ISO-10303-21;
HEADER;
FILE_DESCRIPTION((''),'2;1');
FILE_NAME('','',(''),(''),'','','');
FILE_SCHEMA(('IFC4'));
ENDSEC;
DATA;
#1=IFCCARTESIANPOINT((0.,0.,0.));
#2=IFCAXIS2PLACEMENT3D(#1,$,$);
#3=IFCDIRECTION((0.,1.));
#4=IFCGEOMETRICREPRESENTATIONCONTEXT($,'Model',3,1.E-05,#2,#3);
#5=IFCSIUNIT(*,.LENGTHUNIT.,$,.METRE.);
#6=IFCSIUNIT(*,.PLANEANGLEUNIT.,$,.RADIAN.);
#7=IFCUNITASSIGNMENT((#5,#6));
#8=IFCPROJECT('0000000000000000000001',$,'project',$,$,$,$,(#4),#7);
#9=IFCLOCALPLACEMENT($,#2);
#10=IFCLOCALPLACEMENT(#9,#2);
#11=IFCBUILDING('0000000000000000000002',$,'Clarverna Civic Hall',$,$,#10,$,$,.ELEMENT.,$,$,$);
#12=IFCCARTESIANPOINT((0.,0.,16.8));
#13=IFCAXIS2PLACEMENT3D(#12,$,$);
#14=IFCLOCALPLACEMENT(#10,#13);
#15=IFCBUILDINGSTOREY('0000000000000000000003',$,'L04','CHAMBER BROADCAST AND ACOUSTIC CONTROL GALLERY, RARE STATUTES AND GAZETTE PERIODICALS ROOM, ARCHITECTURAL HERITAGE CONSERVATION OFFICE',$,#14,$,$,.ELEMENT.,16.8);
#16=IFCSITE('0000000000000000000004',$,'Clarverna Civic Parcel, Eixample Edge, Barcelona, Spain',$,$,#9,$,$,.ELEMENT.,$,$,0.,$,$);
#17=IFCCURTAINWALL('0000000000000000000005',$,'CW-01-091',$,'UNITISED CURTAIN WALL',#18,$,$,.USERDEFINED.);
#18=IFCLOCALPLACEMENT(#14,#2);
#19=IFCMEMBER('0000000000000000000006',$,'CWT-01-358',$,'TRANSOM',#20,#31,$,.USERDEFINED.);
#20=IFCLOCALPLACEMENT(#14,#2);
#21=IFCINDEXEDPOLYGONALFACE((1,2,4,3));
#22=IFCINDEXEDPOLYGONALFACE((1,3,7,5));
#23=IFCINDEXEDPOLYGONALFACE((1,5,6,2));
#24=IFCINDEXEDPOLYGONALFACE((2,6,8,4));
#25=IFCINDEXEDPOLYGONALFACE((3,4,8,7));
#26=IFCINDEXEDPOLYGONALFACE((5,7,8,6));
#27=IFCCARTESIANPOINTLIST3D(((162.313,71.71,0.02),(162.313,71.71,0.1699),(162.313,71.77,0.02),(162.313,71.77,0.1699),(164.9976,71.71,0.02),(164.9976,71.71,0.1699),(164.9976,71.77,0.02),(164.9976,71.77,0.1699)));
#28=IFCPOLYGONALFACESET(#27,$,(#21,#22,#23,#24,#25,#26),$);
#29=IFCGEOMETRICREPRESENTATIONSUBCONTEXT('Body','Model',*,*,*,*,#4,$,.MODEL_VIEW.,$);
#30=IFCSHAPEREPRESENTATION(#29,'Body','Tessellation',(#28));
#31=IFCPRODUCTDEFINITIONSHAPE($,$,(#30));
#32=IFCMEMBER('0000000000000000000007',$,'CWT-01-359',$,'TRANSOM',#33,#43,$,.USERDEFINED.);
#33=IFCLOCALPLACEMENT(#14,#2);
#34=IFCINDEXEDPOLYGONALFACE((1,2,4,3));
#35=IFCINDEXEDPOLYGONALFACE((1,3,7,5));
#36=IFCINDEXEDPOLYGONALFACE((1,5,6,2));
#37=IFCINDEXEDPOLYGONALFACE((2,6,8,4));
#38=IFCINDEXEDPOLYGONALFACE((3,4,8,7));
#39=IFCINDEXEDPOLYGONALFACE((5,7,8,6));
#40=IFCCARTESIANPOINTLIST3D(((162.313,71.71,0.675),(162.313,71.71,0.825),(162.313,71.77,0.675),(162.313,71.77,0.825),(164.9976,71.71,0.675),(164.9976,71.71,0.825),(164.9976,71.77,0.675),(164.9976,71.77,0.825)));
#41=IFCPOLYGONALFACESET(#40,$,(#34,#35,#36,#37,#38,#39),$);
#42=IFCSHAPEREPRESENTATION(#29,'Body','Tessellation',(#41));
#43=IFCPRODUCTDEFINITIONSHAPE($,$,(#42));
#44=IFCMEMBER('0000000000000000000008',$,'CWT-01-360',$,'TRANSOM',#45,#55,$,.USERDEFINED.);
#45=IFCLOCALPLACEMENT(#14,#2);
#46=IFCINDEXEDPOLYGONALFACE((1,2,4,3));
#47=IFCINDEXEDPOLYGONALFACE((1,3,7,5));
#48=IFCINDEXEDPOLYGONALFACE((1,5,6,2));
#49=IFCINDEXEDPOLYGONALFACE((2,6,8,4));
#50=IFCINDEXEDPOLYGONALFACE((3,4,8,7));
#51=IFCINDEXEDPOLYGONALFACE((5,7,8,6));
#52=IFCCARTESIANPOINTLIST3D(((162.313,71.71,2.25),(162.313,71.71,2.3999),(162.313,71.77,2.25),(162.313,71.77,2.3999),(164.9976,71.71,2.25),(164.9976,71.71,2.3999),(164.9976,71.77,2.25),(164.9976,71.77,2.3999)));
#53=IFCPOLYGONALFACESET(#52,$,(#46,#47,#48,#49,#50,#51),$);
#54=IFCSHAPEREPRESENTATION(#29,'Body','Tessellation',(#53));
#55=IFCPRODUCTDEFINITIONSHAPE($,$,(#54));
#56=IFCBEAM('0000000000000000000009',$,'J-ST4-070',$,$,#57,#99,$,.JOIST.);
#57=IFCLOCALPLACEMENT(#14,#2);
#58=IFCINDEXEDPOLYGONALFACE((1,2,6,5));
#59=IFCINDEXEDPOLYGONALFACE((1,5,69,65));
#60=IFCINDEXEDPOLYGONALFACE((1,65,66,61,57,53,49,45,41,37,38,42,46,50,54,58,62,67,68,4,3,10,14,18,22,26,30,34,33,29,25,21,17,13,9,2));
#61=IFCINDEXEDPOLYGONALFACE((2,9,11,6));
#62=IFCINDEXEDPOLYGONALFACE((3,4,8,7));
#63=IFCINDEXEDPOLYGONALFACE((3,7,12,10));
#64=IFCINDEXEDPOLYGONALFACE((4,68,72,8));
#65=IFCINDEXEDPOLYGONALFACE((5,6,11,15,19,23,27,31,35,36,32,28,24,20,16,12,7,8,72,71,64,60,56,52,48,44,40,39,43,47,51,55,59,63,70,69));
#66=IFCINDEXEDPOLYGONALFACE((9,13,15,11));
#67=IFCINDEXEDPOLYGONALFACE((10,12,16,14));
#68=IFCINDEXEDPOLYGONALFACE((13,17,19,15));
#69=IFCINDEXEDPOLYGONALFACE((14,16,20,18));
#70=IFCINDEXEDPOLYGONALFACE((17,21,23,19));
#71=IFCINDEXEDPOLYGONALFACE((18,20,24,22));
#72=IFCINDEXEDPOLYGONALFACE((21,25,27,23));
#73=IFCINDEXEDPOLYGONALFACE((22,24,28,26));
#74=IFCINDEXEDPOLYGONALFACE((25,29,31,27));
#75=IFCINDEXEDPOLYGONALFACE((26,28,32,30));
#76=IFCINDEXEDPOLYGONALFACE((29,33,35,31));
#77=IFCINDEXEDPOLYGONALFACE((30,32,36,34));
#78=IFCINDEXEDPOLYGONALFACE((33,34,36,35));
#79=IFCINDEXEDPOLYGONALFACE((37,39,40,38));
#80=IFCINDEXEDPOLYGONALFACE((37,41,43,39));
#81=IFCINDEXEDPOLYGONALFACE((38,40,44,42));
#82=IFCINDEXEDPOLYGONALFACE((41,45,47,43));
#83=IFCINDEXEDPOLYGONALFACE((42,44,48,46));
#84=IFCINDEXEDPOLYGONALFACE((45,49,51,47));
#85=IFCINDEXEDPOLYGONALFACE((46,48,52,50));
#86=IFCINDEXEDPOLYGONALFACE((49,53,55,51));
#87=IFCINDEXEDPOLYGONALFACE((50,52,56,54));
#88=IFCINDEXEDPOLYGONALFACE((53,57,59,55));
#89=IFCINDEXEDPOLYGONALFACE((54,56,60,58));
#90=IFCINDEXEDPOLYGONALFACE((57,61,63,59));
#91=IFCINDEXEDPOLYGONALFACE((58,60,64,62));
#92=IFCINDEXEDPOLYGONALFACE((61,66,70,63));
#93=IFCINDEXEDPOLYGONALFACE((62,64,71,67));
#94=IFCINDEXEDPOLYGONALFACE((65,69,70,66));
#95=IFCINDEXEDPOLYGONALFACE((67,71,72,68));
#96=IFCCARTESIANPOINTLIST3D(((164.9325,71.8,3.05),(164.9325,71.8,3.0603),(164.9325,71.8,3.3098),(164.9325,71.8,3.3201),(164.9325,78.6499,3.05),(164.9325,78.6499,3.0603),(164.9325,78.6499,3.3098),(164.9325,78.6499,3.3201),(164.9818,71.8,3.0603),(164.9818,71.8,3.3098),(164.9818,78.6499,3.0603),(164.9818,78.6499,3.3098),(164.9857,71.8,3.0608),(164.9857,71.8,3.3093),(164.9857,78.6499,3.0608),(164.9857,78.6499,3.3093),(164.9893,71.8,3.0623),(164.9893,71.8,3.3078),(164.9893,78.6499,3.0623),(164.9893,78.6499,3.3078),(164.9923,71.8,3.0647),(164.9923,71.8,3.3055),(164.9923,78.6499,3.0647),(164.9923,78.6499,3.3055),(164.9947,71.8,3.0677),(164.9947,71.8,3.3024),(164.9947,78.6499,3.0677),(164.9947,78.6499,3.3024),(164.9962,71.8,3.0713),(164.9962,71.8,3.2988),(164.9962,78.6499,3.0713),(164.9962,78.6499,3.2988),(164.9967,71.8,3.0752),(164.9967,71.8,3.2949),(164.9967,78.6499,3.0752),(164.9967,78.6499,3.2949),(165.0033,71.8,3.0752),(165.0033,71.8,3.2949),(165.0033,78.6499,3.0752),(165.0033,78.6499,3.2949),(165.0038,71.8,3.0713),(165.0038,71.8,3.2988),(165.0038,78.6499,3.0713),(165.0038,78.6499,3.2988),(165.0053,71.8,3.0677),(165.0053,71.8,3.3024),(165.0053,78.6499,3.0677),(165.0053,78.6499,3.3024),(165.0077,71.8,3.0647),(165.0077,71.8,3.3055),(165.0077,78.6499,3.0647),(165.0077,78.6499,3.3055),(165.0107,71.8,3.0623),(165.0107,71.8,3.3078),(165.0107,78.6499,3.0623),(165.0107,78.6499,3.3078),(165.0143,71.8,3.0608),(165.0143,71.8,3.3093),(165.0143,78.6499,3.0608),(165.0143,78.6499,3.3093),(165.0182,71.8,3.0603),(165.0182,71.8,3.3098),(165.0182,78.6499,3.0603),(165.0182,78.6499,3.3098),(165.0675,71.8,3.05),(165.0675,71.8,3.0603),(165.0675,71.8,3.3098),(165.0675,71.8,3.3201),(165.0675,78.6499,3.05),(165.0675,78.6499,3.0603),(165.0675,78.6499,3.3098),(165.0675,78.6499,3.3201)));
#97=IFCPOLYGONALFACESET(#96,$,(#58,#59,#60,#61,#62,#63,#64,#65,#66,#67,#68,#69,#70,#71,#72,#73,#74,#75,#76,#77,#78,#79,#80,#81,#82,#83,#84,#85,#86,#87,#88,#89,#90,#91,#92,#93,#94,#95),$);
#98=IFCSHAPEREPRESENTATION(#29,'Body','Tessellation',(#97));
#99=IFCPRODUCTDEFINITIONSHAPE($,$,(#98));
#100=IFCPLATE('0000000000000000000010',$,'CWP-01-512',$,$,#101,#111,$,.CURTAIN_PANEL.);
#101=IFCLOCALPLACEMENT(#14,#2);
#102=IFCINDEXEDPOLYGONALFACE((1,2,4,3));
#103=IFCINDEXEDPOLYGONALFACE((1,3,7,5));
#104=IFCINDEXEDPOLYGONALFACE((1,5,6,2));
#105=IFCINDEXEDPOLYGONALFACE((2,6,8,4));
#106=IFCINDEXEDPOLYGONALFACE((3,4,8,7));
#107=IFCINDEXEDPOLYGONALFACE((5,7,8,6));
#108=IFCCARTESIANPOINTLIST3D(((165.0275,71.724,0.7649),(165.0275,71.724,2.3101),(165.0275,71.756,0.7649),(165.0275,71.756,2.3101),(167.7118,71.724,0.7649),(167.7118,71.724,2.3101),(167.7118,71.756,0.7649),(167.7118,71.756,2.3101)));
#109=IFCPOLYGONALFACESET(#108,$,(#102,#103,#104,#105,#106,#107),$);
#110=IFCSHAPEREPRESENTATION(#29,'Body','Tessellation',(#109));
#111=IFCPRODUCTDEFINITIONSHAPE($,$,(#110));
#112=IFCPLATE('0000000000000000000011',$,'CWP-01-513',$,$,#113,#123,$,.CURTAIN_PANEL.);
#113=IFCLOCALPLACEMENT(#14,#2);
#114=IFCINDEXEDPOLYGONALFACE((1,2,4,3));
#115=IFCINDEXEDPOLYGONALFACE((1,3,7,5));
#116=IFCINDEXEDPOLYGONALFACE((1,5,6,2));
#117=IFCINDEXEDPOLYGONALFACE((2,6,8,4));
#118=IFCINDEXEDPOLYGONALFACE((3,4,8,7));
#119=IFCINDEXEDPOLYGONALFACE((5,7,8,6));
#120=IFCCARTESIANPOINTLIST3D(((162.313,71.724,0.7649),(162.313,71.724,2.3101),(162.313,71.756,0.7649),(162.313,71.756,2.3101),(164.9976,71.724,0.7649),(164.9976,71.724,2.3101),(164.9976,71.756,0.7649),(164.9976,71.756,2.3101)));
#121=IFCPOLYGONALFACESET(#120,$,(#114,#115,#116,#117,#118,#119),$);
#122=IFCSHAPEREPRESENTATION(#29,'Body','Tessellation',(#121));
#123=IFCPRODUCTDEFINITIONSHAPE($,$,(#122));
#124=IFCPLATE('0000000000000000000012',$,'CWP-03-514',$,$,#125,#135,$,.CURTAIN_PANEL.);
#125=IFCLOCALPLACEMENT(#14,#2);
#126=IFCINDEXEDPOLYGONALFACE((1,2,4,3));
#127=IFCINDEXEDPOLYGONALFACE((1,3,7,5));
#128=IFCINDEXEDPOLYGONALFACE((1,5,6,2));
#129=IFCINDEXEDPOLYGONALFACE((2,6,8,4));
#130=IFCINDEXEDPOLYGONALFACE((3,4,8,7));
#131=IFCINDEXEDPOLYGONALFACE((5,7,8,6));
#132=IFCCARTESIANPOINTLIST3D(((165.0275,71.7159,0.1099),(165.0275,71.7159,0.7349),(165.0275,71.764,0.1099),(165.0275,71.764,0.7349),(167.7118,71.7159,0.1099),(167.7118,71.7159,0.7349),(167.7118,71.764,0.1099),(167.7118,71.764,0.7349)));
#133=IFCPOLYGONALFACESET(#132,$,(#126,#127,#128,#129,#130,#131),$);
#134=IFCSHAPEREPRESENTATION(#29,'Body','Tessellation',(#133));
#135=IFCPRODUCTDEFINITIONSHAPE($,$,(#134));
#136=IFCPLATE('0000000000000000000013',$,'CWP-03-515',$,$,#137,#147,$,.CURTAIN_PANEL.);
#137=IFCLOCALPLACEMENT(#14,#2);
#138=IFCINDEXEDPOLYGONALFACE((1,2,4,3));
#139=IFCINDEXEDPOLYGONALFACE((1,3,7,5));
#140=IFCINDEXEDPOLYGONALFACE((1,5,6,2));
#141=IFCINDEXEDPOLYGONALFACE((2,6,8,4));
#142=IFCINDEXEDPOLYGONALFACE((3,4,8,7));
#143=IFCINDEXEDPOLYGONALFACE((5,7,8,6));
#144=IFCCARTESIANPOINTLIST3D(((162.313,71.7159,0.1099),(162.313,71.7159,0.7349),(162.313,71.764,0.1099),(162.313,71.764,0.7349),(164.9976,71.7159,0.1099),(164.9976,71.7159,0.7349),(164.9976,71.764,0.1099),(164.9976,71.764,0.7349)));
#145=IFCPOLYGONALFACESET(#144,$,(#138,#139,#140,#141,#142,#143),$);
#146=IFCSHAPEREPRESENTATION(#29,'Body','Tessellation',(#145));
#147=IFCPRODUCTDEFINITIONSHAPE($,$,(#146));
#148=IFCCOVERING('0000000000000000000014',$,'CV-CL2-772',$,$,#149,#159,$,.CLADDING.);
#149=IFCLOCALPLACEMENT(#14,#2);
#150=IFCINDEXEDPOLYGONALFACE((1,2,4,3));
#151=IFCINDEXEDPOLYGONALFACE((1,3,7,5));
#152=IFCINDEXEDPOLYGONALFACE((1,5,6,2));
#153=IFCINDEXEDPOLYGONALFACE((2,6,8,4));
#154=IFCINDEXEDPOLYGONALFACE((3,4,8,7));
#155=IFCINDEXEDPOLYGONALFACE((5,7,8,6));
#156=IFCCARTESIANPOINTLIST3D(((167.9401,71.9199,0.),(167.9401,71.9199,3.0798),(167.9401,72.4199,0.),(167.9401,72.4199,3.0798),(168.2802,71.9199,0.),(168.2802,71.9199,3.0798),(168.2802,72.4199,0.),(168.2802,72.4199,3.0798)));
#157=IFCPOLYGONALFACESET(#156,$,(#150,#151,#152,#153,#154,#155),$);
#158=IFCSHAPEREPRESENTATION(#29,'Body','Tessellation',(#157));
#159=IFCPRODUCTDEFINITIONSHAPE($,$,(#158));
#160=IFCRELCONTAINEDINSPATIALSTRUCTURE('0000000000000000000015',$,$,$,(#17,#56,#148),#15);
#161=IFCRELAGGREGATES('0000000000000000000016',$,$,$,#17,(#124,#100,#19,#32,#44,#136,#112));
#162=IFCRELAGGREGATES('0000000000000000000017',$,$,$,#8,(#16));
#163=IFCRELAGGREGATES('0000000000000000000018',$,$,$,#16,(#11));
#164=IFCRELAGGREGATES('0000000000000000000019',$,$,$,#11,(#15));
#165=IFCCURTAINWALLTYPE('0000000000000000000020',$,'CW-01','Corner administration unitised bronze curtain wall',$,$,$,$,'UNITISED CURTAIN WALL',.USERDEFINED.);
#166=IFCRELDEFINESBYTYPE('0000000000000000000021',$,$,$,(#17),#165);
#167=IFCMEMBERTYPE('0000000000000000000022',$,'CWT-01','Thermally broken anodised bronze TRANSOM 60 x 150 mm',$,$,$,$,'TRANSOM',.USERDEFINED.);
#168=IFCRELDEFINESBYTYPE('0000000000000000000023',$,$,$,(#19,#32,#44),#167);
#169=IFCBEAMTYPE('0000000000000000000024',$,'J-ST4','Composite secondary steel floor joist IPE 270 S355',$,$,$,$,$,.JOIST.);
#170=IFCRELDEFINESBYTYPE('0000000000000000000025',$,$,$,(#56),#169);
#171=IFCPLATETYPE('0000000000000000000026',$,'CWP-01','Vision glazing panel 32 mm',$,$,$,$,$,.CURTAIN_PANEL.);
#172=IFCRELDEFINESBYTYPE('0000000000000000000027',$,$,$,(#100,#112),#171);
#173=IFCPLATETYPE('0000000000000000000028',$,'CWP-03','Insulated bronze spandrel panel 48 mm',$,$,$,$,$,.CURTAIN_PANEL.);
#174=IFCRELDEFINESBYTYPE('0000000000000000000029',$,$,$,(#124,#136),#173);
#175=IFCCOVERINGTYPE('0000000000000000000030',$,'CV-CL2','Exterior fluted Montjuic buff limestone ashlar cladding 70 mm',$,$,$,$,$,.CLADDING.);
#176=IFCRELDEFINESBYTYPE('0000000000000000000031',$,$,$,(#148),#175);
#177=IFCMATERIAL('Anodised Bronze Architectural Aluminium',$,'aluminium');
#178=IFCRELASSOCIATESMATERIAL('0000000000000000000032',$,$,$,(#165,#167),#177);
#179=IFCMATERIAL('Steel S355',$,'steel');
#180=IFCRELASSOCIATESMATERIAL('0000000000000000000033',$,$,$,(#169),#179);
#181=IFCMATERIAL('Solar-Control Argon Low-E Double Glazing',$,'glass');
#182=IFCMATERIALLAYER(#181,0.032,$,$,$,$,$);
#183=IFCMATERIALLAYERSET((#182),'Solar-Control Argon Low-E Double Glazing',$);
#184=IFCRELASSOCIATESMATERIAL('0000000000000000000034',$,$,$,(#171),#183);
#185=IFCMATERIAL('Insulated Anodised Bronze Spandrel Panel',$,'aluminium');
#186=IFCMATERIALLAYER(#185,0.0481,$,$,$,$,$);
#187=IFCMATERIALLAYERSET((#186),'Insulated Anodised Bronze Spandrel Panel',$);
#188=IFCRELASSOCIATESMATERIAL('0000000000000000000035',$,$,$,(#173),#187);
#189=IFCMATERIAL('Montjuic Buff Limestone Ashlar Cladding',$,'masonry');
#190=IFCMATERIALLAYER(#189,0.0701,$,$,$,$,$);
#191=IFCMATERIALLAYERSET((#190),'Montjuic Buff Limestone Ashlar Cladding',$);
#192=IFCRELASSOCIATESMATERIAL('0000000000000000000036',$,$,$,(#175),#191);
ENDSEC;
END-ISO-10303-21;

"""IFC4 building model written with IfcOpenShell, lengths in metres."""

from ifc_helpers import new_model, si_unit, direction, frame, frame_2d, origin, origin_2d, place, context, subcontext, project, spatial, rectangle, i_section, extrude, material, layer, layer_set, material_profile, profile_set, type_object, element, aggregate, save


model = new_model("IFC4")

# Units and contexts
model_context = context("Model", 3, precision=1e-05, world=origin(), true_north=direction((0.0, 1.0)))
body_context = subcontext(model_context, "Body", "Model", "MODEL_VIEW")
ifc_project = project(units=[si_unit("LENGTHUNIT", "METRE"), si_unit("PLANEANGLEUNIT", "RADIAN")], contexts=[model_context])

# Site, building, storey
site_placement = place(None, origin())
site = spatial("IfcSite", under=ifc_project, at=site_placement, Name="Clarverna Civic Parcel, Eixample Edge, Barcelona, Spain", CompositionType="ELEMENT", RefElevation=0.0)
building_placement = place(site_placement, origin())
building = spatial("IfcBuilding", under=site, at=building_placement, Name="Clarverna Civic Hall", CompositionType="ELEMENT")
storey_placement = place(building_placement, frame((0.0, 0.0, 16.8)))
storey = spatial("IfcBuildingStorey", under=building, at=storey_placement, Name="L04", Description="CHAMBER BROADCAST AND ACOUSTIC CONTROL GALLERY, RARE STATUTES AND GAZETTE PERIODICALS ROOM, ARCHITECTURAL HERITAGE CONSERVATION OFFICE", CompositionType="ELEMENT", Elevation=16.8)

# Curtain wall
ifc_material_1 = material(Name="Anodised Bronze Architectural Aluminium", Category="aluminium")
curtain_wall_type = type_object("IfcCurtainWallType", Name="CW-01", Description="Corner administration unitised bronze curtain wall", ElementType="UNITISED CURTAIN WALL", PredefinedType="USERDEFINED", material=ifc_material_1)
curtain_wall_1_placement = place(storey_placement, origin())
curtain_wall_1 = element("IfcCurtainWall", 1, at=curtain_wall_1_placement, inside=storey, type_object=curtain_wall_type, Name="CW-01-091", ObjectType="UNITISED CURTAIN WALL", PredefinedType="USERDEFINED")

# Members
ifc_material_profile_1 = material_profile(ifc_material_1, rectangle(XDim=0.0601, YDim=0.1499, at=origin_2d()), Name="BRONZE 60x150")
ifc_profile_set_1 = profile_set([ifc_material_profile_1], Name="Anodised Bronze Architectural Aluminium")
member_type_1 = type_object("IfcMemberType", Name="CWT-01", Description="Thermally broken anodised bronze TRANSOM 60 x 150 mm", ElementType="TRANSOM", PredefinedType="USERDEFINED", material=ifc_profile_set_1)
member_1_placement = place(storey_placement, frame((164.9976, 71.74, 0.095), z_axis=(-1.0, 0.0, 0.0), x_axis=(0.0, -1.0, 0.0)))
member_1 = element("IfcMember", 2, at=member_1_placement, type_object=member_type_1, Name="CWT-01-358", ObjectType="TRANSOM", PredefinedType="USERDEFINED", context=body_context, shape_type="SweptSolid", body=[
    extrude(rectangle(XDim=0.0601, YDim=0.1499, at=origin_2d()), origin(), (0.0, 0.0, 1.0), 2.6846),
])
member_2_placement = place(storey_placement, frame((164.9976, 71.74, 0.75), z_axis=(-1.0, 0.0, 0.0), x_axis=(0.0, -1.0, 0.0)))
member_2 = element("IfcMember", 3, at=member_2_placement, type_object=member_type_1, Name="CWT-01-359", ObjectType="TRANSOM", PredefinedType="USERDEFINED", context=body_context, shape_type="SweptSolid", body=[
    extrude(rectangle(XDim=0.0601, YDim=0.1499, at=origin_2d()), origin(), (0.0, 0.0, 1.0), 2.6846),
])
member_3_placement = place(storey_placement, frame((164.9976, 71.74, 2.325), z_axis=(-1.0, 0.0, 0.0), x_axis=(0.0, -1.0, 0.0)))
member_3 = element("IfcMember", 4, at=member_3_placement, type_object=member_type_1, Name="CWT-01-360", ObjectType="TRANSOM", PredefinedType="USERDEFINED", context=body_context, shape_type="SweptSolid", body=[
    extrude(rectangle(XDim=0.0601, YDim=0.1499, at=origin_2d()), origin(), (0.0, 0.0, 1.0), 2.6846),
])

# Beam
ifc_material_2 = material(Name="Steel S355", Category="steel")
ifc_material_profile_2 = material_profile(ifc_material_2, i_section(OverallWidth=0.135, OverallDepth=0.27, WebThickness=0.0066, FlangeThickness=0.0103, FilletRadius=0.0149, at=origin_2d()), Name="IPE 270")
ifc_profile_set_2 = profile_set([ifc_material_profile_2], Name="Steel S355")
beam_type_1 = type_object("IfcBeamType", Name="J-ST4", Description="Composite secondary steel floor joist IPE 270 S355", PredefinedType="JOIST", material=ifc_profile_set_2)
beam_1_placement = place(storey_placement, frame((165.0, 71.8, 3.1851), z_axis=(0.0, 1.0, 0.0), x_axis=(-1.0, 0.0, 0.0)))
element("IfcBeam", 5, at=beam_1_placement, inside=storey, type_object=beam_type_1, Name="J-ST4-070", PredefinedType="JOIST", context=body_context, shape_type="SweptSolid", body=[
    extrude(i_section(OverallWidth=0.135, OverallDepth=0.27, WebThickness=0.0066, FlangeThickness=0.0103, FilletRadius=0.0149, at=origin_2d()), origin(), (0.0, 0.0, 1.0), 6.8499),
])

# Plates
ifc_material_3 = material(Name="Solar-Control Argon Low-E Double Glazing", Category="glass")
ifc_layer_1 = layer(ifc_material_3, 0.032)
ifc_layer_set_1 = layer_set([ifc_layer_1], Name="Solar-Control Argon Low-E Double Glazing")
plate_type_1 = type_object("IfcPlateType", Name="CWP-01", Description="Vision glazing panel 32 mm", PredefinedType="CURTAIN_PANEL", material=ifc_layer_set_1)
plate_1_placement = place(storey_placement, frame((167.7119, 71.74, 0.7649), z_axis=(0.0, 0.0, 1.0), x_axis=(-1.0, 0.0, 0.0)))
plate_1 = element("IfcPlate", 6, at=plate_1_placement, type_object=plate_type_1, Name="CWP-01-512", PredefinedType="CURTAIN_PANEL", context=body_context, shape_type="SweptSolid", body=[
    extrude(rectangle(XDim=2.6843, YDim=0.032, at=frame_2d((1.3423, 0.0))), origin(), (0.0, 0.0, 1.0), 1.5452),
])
plate_2_placement = place(storey_placement, frame((164.9976, 71.74, 0.7649), z_axis=(0.0, 0.0, 1.0), x_axis=(-1.0, 0.0, 0.0)))
plate_2 = element("IfcPlate", 7, at=plate_2_placement, type_object=plate_type_1, Name="CWP-01-513", PredefinedType="CURTAIN_PANEL", context=body_context, shape_type="SweptSolid", body=[
    extrude(rectangle(XDim=2.6846, YDim=0.032, at=frame_2d((1.3423, 0.0))), origin(), (0.0, 0.0, 1.0), 1.5452),
])
ifc_material_4 = material(Name="Insulated Anodised Bronze Spandrel Panel", Category="aluminium")
ifc_layer_2 = layer(ifc_material_4, 0.0481)
ifc_layer_set_2 = layer_set([ifc_layer_2], Name="Insulated Anodised Bronze Spandrel Panel")
plate_type_2 = type_object("IfcPlateType", Name="CWP-03", Description="Insulated bronze spandrel panel 48 mm", PredefinedType="CURTAIN_PANEL", material=ifc_layer_set_2)
plate_3_placement = place(storey_placement, frame((167.7119, 71.74, 0.1099), z_axis=(0.0, 0.0, 1.0), x_axis=(-1.0, 0.0, 0.0)))
plate_3 = element("IfcPlate", 8, at=plate_3_placement, type_object=plate_type_2, Name="CWP-03-514", PredefinedType="CURTAIN_PANEL", context=body_context, shape_type="SweptSolid", body=[
    extrude(rectangle(XDim=2.6843, YDim=0.0481, at=frame_2d((1.3423, 0.0))), origin(), (0.0, 0.0, 1.0), 0.625),
])
plate_4_placement = place(storey_placement, frame((164.9976, 71.74, 0.1099), z_axis=(0.0, 0.0, 1.0), x_axis=(-1.0, 0.0, 0.0)))
plate_4 = element("IfcPlate", 9, at=plate_4_placement, type_object=plate_type_2, Name="CWP-03-515", PredefinedType="CURTAIN_PANEL", context=body_context, shape_type="SweptSolid", body=[
    extrude(rectangle(XDim=2.6846, YDim=0.0481, at=frame_2d((1.3423, 0.0))), origin(), (0.0, 0.0, 1.0), 0.625),
])
aggregate(curtain_wall_1, [plate_3, plate_1, member_1, member_2, member_3, plate_4, plate_2])

# Covering
ifc_material_5 = material(Name="Montjuic Buff Limestone Ashlar Cladding", Category="masonry")
ifc_layer_3 = layer(ifc_material_5, 0.0701)
ifc_layer_set_3 = layer_set([ifc_layer_3], Name="Montjuic Buff Limestone Ashlar Cladding")
covering_type = type_object("IfcCoveringType", Name="CV-CL2", Description="Exterior fluted Montjuic buff limestone ashlar cladding 70 mm", PredefinedType="CLADDING", material=ifc_layer_set_3)
covering_placement = place(storey_placement, frame((168.1101, 72.4199, 0.0), z_axis=(0.0, 0.0, 1.0), x_axis=(0.0, -1.0, 0.0)))
element("IfcCovering", 10, at=covering_placement, inside=storey, type_object=covering_type, Name="CV-CL2-772", PredefinedType="CLADDING", context=body_context, shape_type="SweptSolid", body=[
    extrude(rectangle(XDim=0.5, YDim=0.3401, at=frame_2d((0.25, 0.0))), origin(), (0.0, 0.0, 1.0), 3.0798),
])

save(model, "model.ifc")
